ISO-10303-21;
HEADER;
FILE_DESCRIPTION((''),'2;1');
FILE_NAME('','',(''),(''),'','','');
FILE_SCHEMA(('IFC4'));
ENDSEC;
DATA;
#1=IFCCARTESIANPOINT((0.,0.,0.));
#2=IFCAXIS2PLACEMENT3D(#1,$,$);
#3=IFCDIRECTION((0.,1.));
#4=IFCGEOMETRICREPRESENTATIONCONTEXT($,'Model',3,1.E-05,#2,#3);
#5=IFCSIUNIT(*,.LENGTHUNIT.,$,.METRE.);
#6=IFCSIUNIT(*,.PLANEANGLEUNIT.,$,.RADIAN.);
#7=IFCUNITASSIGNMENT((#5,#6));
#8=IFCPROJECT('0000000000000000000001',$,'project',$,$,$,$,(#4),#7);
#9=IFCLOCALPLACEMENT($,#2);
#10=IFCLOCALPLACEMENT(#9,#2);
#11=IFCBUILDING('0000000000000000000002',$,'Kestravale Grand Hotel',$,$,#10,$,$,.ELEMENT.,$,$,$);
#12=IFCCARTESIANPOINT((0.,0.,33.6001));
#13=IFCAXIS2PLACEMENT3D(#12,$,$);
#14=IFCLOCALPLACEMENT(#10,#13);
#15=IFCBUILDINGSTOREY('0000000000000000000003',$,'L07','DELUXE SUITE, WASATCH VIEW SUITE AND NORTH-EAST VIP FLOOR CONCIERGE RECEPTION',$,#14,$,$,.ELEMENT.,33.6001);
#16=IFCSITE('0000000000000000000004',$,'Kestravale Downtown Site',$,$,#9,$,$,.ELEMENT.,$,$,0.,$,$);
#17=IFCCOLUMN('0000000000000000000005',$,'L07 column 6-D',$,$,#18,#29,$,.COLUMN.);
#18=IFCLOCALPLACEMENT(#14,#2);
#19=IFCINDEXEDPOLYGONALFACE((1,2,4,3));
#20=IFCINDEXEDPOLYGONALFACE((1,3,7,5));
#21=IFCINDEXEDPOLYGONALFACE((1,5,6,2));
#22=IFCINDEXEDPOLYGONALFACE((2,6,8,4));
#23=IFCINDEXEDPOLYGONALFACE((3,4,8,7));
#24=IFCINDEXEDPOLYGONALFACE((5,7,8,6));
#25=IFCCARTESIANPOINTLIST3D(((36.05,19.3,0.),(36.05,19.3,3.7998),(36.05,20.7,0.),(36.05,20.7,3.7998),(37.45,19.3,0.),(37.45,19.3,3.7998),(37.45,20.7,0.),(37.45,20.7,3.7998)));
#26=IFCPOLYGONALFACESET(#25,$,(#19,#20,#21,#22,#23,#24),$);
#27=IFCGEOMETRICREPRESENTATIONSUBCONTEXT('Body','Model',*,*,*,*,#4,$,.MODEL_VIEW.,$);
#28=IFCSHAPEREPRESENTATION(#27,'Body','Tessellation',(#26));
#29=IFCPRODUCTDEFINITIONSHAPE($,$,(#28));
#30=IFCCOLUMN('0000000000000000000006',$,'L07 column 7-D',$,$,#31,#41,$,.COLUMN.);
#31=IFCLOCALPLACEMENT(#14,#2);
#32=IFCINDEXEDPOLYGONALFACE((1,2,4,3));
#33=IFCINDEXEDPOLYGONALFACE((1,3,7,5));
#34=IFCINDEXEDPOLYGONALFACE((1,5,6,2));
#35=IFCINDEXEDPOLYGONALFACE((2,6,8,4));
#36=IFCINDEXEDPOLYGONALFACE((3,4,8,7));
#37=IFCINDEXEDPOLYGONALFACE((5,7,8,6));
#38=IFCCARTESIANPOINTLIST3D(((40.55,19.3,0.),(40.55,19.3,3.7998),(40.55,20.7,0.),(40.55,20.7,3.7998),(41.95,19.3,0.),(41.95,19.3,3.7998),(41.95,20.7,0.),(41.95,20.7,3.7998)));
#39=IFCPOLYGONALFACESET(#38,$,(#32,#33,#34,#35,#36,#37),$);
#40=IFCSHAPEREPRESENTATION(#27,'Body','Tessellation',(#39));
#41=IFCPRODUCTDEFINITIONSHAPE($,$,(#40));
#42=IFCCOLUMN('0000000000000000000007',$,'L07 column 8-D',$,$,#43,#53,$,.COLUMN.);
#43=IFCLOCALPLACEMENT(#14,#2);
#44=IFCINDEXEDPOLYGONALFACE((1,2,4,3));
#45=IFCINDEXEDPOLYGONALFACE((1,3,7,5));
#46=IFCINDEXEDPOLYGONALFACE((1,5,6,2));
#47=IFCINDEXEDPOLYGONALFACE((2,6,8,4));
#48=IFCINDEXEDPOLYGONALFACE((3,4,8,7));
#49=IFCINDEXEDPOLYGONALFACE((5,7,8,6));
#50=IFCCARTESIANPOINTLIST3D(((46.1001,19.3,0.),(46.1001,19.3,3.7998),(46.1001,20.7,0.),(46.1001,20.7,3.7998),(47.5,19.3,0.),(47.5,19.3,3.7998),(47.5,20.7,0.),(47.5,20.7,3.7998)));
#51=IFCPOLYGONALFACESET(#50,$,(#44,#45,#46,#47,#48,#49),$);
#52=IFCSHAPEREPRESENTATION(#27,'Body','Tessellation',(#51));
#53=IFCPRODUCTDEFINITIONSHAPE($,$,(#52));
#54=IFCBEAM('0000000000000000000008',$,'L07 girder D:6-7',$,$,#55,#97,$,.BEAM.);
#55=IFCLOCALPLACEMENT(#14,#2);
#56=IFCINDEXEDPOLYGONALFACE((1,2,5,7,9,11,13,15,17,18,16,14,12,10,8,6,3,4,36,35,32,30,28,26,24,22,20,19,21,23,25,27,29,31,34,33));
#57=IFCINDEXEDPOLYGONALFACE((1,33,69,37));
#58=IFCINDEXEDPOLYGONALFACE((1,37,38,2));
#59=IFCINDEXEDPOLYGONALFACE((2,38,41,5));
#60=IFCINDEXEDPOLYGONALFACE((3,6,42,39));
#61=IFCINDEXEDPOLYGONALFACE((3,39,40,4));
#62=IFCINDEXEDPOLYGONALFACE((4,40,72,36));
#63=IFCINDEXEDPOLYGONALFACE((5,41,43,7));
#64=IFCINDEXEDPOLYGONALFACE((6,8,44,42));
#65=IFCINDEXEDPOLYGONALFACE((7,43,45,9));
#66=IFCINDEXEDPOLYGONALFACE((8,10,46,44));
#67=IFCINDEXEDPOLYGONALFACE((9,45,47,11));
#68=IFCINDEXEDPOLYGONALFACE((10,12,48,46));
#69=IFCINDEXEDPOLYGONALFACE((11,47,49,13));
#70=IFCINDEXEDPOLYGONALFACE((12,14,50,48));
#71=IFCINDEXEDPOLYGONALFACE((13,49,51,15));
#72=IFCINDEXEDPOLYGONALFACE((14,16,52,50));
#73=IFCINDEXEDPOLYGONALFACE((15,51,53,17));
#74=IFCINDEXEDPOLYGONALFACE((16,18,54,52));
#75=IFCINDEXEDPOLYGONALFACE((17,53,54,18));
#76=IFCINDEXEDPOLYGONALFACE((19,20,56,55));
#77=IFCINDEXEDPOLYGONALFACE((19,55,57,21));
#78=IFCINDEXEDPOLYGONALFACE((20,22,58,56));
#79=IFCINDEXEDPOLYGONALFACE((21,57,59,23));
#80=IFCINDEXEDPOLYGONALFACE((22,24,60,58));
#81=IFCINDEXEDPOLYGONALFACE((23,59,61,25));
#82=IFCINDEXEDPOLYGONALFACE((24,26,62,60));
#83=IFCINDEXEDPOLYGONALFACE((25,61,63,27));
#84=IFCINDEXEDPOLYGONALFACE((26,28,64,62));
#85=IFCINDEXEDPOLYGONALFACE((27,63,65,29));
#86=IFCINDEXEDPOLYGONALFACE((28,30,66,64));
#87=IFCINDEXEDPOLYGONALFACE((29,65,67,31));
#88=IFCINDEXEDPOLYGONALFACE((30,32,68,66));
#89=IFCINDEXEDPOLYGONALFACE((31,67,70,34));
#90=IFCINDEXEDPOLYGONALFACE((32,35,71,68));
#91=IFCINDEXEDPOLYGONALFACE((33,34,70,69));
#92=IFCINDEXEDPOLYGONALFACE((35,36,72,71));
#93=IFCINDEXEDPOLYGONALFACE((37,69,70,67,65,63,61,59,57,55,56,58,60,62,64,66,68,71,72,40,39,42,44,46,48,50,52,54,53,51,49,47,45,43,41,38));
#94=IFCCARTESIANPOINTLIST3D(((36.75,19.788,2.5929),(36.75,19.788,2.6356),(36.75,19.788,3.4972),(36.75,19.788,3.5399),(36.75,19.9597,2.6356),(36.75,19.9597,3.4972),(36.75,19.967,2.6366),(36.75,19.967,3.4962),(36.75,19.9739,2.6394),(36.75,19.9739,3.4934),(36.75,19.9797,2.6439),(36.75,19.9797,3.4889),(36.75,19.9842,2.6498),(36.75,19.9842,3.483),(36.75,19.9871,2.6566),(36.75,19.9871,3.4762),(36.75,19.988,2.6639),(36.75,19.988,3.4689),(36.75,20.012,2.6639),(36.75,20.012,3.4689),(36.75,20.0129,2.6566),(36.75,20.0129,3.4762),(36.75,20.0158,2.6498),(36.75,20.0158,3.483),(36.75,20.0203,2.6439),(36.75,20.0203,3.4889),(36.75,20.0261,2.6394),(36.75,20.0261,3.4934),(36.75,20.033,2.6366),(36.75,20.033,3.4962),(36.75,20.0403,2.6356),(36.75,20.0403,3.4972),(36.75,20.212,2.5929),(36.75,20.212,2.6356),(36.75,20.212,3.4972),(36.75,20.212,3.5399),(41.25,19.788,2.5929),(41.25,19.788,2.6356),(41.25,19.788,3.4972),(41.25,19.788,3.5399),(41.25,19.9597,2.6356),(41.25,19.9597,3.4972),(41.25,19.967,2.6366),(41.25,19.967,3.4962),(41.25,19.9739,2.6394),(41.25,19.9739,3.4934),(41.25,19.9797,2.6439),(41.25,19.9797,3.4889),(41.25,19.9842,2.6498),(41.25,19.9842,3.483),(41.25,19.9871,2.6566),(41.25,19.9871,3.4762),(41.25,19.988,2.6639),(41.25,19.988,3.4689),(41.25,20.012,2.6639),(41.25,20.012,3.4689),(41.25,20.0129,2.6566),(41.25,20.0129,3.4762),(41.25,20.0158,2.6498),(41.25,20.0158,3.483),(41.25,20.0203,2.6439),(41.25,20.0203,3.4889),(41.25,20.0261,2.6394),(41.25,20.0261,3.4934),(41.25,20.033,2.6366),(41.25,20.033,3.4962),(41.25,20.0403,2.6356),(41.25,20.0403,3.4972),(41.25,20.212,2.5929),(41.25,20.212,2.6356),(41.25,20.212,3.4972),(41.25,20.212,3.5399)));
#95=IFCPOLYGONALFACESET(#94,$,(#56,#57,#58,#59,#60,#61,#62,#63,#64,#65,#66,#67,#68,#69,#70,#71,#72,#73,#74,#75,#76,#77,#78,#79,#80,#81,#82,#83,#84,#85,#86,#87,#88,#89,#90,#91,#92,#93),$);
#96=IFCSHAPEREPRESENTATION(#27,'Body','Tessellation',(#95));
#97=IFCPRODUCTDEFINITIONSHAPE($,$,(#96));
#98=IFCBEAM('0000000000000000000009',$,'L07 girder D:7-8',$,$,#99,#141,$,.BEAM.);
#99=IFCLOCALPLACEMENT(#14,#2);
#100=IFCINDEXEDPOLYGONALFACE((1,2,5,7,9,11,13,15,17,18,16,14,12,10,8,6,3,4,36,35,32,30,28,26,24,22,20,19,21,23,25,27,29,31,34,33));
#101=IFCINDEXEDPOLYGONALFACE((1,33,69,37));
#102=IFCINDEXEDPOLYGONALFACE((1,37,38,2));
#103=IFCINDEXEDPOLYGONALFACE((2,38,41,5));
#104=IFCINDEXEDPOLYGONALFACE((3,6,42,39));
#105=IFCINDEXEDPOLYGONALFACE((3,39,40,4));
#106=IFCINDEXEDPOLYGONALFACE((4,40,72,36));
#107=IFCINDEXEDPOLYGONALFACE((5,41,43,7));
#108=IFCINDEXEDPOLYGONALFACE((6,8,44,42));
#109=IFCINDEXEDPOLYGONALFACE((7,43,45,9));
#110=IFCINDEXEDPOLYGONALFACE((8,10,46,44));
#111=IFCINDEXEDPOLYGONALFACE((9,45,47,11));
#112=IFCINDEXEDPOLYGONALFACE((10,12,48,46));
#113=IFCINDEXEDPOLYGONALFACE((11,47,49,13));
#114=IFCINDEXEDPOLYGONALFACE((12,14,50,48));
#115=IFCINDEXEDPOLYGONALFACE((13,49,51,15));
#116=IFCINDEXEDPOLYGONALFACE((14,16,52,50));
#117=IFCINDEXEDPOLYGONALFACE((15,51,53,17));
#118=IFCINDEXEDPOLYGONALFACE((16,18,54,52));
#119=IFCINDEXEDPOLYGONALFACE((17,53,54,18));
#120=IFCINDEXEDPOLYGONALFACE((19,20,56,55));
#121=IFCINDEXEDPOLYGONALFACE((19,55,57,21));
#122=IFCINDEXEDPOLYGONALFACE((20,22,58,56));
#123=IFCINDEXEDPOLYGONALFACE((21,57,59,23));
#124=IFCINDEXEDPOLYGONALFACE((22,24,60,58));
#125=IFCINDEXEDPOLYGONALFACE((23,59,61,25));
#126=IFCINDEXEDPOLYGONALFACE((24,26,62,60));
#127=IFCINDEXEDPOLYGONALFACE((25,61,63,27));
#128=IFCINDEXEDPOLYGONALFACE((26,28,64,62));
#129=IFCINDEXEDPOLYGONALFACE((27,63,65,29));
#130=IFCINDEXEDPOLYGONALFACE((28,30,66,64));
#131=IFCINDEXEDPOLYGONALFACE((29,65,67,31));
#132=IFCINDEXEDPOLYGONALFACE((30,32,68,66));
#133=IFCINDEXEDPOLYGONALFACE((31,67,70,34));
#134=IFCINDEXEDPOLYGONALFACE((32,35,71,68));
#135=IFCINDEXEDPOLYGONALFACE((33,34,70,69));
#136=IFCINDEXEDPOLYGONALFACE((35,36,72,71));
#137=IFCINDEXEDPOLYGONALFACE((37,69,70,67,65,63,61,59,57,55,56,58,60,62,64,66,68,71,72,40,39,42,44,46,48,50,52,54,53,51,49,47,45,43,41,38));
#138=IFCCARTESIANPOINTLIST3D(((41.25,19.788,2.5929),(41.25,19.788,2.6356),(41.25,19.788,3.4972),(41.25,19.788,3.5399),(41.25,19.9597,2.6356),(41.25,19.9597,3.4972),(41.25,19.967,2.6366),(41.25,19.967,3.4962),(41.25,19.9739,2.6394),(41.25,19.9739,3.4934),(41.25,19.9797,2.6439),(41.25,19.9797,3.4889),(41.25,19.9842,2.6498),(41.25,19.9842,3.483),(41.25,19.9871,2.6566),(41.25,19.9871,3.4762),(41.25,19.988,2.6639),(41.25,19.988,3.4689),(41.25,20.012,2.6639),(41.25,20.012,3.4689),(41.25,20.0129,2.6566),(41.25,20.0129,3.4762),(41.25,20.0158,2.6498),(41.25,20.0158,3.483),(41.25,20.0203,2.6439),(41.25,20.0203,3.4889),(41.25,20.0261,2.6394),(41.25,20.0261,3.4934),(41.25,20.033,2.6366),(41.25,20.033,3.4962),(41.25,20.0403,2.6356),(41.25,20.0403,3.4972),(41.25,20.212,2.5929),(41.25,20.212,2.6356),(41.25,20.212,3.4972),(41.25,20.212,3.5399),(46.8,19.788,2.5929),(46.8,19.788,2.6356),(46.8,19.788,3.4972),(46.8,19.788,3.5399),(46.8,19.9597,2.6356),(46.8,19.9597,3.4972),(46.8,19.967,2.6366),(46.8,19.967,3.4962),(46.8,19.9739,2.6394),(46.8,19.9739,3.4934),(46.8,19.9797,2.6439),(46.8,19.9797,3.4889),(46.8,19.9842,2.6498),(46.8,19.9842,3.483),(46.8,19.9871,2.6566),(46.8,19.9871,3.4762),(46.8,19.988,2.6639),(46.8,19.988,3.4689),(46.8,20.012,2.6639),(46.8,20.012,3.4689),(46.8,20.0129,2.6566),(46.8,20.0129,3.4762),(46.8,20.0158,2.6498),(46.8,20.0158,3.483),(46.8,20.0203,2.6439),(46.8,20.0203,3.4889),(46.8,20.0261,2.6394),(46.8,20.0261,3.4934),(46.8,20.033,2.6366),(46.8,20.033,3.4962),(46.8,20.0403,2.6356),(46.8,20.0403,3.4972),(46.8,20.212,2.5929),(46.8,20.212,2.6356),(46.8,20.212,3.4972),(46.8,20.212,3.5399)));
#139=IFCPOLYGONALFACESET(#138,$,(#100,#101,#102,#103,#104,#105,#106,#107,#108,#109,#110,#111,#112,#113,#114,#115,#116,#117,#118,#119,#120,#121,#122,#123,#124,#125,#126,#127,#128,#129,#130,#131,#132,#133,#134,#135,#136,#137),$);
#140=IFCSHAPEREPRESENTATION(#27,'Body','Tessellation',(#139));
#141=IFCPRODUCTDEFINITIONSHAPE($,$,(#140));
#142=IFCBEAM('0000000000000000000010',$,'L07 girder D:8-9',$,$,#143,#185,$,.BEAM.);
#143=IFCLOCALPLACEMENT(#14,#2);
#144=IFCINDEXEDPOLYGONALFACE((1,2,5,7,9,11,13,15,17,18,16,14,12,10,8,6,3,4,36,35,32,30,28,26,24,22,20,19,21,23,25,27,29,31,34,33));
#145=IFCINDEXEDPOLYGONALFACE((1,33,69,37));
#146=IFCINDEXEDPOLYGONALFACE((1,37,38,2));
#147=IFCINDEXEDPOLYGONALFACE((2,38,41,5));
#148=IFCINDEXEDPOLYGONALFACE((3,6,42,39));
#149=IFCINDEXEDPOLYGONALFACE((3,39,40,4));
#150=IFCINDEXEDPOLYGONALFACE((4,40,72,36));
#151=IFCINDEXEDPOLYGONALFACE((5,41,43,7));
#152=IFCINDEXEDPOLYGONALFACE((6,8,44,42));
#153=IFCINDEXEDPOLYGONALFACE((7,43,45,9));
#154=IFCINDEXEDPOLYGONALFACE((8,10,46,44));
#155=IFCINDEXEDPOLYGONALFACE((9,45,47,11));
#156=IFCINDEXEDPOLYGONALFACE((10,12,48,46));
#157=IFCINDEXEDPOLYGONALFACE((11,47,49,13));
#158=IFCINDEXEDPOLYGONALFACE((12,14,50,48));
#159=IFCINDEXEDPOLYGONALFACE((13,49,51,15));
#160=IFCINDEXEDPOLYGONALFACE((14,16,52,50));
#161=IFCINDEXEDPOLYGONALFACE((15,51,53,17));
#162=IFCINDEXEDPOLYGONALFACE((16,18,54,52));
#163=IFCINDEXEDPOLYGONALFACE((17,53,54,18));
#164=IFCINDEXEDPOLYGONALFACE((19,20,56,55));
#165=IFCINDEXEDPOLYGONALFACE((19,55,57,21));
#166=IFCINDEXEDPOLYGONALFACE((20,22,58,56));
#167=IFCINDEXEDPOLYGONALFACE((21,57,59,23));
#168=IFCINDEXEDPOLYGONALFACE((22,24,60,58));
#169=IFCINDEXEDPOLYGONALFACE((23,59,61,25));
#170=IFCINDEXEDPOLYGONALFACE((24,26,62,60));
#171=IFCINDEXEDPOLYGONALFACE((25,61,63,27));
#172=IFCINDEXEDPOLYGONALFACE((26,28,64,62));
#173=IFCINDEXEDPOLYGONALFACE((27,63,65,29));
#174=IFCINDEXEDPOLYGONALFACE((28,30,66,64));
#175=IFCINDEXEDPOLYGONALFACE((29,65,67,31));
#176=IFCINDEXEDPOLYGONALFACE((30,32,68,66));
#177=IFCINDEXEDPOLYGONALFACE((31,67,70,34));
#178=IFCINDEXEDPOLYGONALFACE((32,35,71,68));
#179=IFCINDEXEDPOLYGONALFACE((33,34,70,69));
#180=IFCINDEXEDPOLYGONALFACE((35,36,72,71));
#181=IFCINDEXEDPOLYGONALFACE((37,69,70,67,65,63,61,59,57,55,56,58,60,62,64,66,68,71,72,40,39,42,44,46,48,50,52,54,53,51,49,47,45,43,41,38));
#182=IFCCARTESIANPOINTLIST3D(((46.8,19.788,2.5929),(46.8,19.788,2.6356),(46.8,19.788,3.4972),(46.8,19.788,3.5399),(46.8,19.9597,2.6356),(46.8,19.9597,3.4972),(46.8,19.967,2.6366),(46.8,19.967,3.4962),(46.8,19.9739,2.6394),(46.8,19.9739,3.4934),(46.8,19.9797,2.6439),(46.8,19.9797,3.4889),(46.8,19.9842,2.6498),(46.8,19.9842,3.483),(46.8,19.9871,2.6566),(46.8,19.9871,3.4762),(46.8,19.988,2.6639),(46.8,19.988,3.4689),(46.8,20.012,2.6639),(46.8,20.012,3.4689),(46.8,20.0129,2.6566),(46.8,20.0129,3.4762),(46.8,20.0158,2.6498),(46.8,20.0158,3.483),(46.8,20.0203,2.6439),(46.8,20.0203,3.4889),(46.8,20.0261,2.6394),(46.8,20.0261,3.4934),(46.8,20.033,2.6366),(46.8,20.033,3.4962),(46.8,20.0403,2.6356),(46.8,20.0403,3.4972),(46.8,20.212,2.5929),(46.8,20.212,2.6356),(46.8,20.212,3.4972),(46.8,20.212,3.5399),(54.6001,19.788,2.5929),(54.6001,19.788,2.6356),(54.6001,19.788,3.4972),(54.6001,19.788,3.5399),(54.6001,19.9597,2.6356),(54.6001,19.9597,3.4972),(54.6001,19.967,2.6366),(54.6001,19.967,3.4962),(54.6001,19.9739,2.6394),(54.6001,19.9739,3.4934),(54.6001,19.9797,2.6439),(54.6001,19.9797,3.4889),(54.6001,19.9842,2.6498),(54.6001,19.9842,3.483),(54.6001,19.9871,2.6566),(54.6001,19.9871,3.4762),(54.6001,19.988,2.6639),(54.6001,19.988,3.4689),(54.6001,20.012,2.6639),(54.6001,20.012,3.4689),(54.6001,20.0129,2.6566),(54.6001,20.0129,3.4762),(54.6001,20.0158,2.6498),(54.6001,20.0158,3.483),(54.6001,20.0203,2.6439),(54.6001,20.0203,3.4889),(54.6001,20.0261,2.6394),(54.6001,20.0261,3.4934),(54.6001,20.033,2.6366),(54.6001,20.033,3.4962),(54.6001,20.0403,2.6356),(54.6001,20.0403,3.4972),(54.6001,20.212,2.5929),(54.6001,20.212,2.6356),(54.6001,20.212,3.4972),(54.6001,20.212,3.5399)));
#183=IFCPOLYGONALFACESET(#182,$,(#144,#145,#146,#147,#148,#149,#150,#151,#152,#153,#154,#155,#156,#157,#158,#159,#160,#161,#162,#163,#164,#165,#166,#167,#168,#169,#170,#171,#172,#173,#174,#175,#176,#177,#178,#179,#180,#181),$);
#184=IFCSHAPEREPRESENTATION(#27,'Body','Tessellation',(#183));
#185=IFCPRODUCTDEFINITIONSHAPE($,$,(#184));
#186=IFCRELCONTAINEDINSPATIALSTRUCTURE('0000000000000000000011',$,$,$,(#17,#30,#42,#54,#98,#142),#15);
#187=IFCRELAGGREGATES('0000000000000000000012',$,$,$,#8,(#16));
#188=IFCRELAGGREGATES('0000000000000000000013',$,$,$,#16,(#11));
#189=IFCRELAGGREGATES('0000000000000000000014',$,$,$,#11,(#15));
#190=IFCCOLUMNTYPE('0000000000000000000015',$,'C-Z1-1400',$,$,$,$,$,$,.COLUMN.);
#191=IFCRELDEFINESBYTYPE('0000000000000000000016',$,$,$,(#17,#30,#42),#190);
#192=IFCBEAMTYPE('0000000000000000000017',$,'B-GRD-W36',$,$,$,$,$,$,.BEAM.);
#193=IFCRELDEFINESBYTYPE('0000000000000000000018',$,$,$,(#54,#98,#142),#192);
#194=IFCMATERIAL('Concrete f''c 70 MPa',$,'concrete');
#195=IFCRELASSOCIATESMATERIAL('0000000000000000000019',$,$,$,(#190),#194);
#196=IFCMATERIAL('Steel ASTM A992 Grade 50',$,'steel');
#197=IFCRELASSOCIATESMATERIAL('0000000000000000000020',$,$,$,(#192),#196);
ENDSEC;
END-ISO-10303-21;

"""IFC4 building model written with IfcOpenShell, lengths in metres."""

from ifc_helpers import new_model, si_unit, direction, frame, origin, origin_2d, place, context, subcontext, project, spatial, rectangle, i_section, extrude, material, material_profile, profile_set, type_object, element, save


model = new_model("IFC4")

# Units and contexts
model_context = context("Model", 3, precision=1e-05, world=origin(), true_north=direction((0.0, 1.0)))
body_context = subcontext(model_context, "Body", "Model", "MODEL_VIEW")
ifc_project = project(units=[si_unit("LENGTHUNIT", "METRE"), si_unit("PLANEANGLEUNIT", "RADIAN")], contexts=[model_context])

# Site, building, storey
site_placement = place(None, origin())
site = spatial("IfcSite", under=ifc_project, at=site_placement, Name="Kestravale Downtown Site", CompositionType="ELEMENT", RefElevation=0.0)
building_placement = place(site_placement, origin())
building = spatial("IfcBuilding", under=site, at=building_placement, Name="Kestravale Grand Hotel", CompositionType="ELEMENT")
storey_placement = place(building_placement, frame((0.0, 0.0, 33.6001)))
storey = spatial("IfcBuildingStorey", under=building, at=storey_placement, Name="L07", Description="DELUXE SUITE, WASATCH VIEW SUITE AND NORTH-EAST VIP FLOOR CONCIERGE RECEPTION", CompositionType="ELEMENT", Elevation=33.6001)

# Columns
ifc_material_1 = material(Name="Concrete f'c 70 MPa", Category="concrete")
ifc_material_profile_1 = material_profile(ifc_material_1, rectangle(XDim=1.3999, YDim=1.3999, at=origin_2d()))
ifc_profile_set_1 = profile_set([ifc_material_profile_1], Name="Concrete f'c 70 MPa")
column_type = type_object("IfcColumnType", Name="C-Z1-1400", PredefinedType="COLUMN", material=ifc_profile_set_1)
for number, where, z_axis, x_axis, name in (
    (1, (36.75, 20.0, 0.0), (0.0, 0.0, 1.0), (1.0, 0.0, 0.0), "L07 column 6-D"),
    (2, (41.25, 20.0, 0.0), (0.0, 0.0, 1.0), (1.0, 0.0, 0.0), "L07 column 7-D"),
    (3, (46.8, 20.0, 0.0), (0.0, 0.0, 1.0), (1.0, 0.0, 0.0), "L07 column 8-D"),
):
    element("IfcColumn", number, at=place(storey_placement, frame(where, z_axis=z_axis, x_axis=x_axis)), inside=storey, type_object=column_type, Name=name, PredefinedType="COLUMN", context=body_context, shape_type="SweptSolid", body=[
        extrude(rectangle(XDim=1.3999, YDim=1.3999, at=origin_2d()), origin(), (0.0, 0.0, 1.0), 3.7998),
    ])

# Beams
ifc_material_2 = material(Name="Steel ASTM A992 Grade 50", Category="steel")
ifc_material_profile_2 = material_profile(ifc_material_2, i_section(OverallWidth=0.4241, OverallDepth=0.947, WebThickness=0.0239, FlangeThickness=0.0427, FilletRadius=0.0283, at=origin_2d()))
ifc_profile_set_2 = profile_set([ifc_material_profile_2], Name="Steel ASTM A992 Grade 50")
beam_type = type_object("IfcBeamType", Name="B-GRD-W36", PredefinedType="BEAM", material=ifc_profile_set_2)
beam_1_placement = place(storey_placement, frame((36.75, 20.0, 3.0664), z_axis=(1.0, 0.0, 0.0), x_axis=(0.0, 1.0, 0.0)))
element("IfcBeam", 4, at=beam_1_placement, inside=storey, type_object=beam_type, Name="L07 girder D:6-7", PredefinedType="BEAM", context=body_context, shape_type="SweptSolid", body=[
    extrude(i_section(OverallWidth=0.4241, OverallDepth=0.947, WebThickness=0.0239, FlangeThickness=0.0427, FilletRadius=0.0283, at=origin_2d()), origin(), (0.0, 0.0, 1.0), 4.5),
])
beam_2_placement = place(storey_placement, frame((41.25, 20.0, 3.0664), z_axis=(1.0, 0.0, 0.0), x_axis=(0.0, 1.0, 0.0)))
element("IfcBeam", 5, at=beam_2_placement, inside=storey, type_object=beam_type, Name="L07 girder D:7-8", PredefinedType="BEAM", context=body_context, shape_type="SweptSolid", body=[
    extrude(i_section(OverallWidth=0.4241, OverallDepth=0.947, WebThickness=0.0239, FlangeThickness=0.0427, FilletRadius=0.0283, at=origin_2d()), origin(), (0.0, 0.0, 1.0), 5.55),
])
beam_3_placement = place(storey_placement, frame((46.8, 20.0, 3.0664), z_axis=(1.0, 0.0, 0.0), x_axis=(0.0, 1.0, 0.0)))
element("IfcBeam", 6, at=beam_3_placement, inside=storey, type_object=beam_type, Name="L07 girder D:8-9", PredefinedType="BEAM", context=body_context, shape_type="SweptSolid", body=[
    extrude(i_section(OverallWidth=0.4241, OverallDepth=0.947, WebThickness=0.0239, FlangeThickness=0.0427, FilletRadius=0.0283, at=origin_2d()), origin(), (0.0, 0.0, 1.0), 7.8),
])

save(model, "model.ifc")
